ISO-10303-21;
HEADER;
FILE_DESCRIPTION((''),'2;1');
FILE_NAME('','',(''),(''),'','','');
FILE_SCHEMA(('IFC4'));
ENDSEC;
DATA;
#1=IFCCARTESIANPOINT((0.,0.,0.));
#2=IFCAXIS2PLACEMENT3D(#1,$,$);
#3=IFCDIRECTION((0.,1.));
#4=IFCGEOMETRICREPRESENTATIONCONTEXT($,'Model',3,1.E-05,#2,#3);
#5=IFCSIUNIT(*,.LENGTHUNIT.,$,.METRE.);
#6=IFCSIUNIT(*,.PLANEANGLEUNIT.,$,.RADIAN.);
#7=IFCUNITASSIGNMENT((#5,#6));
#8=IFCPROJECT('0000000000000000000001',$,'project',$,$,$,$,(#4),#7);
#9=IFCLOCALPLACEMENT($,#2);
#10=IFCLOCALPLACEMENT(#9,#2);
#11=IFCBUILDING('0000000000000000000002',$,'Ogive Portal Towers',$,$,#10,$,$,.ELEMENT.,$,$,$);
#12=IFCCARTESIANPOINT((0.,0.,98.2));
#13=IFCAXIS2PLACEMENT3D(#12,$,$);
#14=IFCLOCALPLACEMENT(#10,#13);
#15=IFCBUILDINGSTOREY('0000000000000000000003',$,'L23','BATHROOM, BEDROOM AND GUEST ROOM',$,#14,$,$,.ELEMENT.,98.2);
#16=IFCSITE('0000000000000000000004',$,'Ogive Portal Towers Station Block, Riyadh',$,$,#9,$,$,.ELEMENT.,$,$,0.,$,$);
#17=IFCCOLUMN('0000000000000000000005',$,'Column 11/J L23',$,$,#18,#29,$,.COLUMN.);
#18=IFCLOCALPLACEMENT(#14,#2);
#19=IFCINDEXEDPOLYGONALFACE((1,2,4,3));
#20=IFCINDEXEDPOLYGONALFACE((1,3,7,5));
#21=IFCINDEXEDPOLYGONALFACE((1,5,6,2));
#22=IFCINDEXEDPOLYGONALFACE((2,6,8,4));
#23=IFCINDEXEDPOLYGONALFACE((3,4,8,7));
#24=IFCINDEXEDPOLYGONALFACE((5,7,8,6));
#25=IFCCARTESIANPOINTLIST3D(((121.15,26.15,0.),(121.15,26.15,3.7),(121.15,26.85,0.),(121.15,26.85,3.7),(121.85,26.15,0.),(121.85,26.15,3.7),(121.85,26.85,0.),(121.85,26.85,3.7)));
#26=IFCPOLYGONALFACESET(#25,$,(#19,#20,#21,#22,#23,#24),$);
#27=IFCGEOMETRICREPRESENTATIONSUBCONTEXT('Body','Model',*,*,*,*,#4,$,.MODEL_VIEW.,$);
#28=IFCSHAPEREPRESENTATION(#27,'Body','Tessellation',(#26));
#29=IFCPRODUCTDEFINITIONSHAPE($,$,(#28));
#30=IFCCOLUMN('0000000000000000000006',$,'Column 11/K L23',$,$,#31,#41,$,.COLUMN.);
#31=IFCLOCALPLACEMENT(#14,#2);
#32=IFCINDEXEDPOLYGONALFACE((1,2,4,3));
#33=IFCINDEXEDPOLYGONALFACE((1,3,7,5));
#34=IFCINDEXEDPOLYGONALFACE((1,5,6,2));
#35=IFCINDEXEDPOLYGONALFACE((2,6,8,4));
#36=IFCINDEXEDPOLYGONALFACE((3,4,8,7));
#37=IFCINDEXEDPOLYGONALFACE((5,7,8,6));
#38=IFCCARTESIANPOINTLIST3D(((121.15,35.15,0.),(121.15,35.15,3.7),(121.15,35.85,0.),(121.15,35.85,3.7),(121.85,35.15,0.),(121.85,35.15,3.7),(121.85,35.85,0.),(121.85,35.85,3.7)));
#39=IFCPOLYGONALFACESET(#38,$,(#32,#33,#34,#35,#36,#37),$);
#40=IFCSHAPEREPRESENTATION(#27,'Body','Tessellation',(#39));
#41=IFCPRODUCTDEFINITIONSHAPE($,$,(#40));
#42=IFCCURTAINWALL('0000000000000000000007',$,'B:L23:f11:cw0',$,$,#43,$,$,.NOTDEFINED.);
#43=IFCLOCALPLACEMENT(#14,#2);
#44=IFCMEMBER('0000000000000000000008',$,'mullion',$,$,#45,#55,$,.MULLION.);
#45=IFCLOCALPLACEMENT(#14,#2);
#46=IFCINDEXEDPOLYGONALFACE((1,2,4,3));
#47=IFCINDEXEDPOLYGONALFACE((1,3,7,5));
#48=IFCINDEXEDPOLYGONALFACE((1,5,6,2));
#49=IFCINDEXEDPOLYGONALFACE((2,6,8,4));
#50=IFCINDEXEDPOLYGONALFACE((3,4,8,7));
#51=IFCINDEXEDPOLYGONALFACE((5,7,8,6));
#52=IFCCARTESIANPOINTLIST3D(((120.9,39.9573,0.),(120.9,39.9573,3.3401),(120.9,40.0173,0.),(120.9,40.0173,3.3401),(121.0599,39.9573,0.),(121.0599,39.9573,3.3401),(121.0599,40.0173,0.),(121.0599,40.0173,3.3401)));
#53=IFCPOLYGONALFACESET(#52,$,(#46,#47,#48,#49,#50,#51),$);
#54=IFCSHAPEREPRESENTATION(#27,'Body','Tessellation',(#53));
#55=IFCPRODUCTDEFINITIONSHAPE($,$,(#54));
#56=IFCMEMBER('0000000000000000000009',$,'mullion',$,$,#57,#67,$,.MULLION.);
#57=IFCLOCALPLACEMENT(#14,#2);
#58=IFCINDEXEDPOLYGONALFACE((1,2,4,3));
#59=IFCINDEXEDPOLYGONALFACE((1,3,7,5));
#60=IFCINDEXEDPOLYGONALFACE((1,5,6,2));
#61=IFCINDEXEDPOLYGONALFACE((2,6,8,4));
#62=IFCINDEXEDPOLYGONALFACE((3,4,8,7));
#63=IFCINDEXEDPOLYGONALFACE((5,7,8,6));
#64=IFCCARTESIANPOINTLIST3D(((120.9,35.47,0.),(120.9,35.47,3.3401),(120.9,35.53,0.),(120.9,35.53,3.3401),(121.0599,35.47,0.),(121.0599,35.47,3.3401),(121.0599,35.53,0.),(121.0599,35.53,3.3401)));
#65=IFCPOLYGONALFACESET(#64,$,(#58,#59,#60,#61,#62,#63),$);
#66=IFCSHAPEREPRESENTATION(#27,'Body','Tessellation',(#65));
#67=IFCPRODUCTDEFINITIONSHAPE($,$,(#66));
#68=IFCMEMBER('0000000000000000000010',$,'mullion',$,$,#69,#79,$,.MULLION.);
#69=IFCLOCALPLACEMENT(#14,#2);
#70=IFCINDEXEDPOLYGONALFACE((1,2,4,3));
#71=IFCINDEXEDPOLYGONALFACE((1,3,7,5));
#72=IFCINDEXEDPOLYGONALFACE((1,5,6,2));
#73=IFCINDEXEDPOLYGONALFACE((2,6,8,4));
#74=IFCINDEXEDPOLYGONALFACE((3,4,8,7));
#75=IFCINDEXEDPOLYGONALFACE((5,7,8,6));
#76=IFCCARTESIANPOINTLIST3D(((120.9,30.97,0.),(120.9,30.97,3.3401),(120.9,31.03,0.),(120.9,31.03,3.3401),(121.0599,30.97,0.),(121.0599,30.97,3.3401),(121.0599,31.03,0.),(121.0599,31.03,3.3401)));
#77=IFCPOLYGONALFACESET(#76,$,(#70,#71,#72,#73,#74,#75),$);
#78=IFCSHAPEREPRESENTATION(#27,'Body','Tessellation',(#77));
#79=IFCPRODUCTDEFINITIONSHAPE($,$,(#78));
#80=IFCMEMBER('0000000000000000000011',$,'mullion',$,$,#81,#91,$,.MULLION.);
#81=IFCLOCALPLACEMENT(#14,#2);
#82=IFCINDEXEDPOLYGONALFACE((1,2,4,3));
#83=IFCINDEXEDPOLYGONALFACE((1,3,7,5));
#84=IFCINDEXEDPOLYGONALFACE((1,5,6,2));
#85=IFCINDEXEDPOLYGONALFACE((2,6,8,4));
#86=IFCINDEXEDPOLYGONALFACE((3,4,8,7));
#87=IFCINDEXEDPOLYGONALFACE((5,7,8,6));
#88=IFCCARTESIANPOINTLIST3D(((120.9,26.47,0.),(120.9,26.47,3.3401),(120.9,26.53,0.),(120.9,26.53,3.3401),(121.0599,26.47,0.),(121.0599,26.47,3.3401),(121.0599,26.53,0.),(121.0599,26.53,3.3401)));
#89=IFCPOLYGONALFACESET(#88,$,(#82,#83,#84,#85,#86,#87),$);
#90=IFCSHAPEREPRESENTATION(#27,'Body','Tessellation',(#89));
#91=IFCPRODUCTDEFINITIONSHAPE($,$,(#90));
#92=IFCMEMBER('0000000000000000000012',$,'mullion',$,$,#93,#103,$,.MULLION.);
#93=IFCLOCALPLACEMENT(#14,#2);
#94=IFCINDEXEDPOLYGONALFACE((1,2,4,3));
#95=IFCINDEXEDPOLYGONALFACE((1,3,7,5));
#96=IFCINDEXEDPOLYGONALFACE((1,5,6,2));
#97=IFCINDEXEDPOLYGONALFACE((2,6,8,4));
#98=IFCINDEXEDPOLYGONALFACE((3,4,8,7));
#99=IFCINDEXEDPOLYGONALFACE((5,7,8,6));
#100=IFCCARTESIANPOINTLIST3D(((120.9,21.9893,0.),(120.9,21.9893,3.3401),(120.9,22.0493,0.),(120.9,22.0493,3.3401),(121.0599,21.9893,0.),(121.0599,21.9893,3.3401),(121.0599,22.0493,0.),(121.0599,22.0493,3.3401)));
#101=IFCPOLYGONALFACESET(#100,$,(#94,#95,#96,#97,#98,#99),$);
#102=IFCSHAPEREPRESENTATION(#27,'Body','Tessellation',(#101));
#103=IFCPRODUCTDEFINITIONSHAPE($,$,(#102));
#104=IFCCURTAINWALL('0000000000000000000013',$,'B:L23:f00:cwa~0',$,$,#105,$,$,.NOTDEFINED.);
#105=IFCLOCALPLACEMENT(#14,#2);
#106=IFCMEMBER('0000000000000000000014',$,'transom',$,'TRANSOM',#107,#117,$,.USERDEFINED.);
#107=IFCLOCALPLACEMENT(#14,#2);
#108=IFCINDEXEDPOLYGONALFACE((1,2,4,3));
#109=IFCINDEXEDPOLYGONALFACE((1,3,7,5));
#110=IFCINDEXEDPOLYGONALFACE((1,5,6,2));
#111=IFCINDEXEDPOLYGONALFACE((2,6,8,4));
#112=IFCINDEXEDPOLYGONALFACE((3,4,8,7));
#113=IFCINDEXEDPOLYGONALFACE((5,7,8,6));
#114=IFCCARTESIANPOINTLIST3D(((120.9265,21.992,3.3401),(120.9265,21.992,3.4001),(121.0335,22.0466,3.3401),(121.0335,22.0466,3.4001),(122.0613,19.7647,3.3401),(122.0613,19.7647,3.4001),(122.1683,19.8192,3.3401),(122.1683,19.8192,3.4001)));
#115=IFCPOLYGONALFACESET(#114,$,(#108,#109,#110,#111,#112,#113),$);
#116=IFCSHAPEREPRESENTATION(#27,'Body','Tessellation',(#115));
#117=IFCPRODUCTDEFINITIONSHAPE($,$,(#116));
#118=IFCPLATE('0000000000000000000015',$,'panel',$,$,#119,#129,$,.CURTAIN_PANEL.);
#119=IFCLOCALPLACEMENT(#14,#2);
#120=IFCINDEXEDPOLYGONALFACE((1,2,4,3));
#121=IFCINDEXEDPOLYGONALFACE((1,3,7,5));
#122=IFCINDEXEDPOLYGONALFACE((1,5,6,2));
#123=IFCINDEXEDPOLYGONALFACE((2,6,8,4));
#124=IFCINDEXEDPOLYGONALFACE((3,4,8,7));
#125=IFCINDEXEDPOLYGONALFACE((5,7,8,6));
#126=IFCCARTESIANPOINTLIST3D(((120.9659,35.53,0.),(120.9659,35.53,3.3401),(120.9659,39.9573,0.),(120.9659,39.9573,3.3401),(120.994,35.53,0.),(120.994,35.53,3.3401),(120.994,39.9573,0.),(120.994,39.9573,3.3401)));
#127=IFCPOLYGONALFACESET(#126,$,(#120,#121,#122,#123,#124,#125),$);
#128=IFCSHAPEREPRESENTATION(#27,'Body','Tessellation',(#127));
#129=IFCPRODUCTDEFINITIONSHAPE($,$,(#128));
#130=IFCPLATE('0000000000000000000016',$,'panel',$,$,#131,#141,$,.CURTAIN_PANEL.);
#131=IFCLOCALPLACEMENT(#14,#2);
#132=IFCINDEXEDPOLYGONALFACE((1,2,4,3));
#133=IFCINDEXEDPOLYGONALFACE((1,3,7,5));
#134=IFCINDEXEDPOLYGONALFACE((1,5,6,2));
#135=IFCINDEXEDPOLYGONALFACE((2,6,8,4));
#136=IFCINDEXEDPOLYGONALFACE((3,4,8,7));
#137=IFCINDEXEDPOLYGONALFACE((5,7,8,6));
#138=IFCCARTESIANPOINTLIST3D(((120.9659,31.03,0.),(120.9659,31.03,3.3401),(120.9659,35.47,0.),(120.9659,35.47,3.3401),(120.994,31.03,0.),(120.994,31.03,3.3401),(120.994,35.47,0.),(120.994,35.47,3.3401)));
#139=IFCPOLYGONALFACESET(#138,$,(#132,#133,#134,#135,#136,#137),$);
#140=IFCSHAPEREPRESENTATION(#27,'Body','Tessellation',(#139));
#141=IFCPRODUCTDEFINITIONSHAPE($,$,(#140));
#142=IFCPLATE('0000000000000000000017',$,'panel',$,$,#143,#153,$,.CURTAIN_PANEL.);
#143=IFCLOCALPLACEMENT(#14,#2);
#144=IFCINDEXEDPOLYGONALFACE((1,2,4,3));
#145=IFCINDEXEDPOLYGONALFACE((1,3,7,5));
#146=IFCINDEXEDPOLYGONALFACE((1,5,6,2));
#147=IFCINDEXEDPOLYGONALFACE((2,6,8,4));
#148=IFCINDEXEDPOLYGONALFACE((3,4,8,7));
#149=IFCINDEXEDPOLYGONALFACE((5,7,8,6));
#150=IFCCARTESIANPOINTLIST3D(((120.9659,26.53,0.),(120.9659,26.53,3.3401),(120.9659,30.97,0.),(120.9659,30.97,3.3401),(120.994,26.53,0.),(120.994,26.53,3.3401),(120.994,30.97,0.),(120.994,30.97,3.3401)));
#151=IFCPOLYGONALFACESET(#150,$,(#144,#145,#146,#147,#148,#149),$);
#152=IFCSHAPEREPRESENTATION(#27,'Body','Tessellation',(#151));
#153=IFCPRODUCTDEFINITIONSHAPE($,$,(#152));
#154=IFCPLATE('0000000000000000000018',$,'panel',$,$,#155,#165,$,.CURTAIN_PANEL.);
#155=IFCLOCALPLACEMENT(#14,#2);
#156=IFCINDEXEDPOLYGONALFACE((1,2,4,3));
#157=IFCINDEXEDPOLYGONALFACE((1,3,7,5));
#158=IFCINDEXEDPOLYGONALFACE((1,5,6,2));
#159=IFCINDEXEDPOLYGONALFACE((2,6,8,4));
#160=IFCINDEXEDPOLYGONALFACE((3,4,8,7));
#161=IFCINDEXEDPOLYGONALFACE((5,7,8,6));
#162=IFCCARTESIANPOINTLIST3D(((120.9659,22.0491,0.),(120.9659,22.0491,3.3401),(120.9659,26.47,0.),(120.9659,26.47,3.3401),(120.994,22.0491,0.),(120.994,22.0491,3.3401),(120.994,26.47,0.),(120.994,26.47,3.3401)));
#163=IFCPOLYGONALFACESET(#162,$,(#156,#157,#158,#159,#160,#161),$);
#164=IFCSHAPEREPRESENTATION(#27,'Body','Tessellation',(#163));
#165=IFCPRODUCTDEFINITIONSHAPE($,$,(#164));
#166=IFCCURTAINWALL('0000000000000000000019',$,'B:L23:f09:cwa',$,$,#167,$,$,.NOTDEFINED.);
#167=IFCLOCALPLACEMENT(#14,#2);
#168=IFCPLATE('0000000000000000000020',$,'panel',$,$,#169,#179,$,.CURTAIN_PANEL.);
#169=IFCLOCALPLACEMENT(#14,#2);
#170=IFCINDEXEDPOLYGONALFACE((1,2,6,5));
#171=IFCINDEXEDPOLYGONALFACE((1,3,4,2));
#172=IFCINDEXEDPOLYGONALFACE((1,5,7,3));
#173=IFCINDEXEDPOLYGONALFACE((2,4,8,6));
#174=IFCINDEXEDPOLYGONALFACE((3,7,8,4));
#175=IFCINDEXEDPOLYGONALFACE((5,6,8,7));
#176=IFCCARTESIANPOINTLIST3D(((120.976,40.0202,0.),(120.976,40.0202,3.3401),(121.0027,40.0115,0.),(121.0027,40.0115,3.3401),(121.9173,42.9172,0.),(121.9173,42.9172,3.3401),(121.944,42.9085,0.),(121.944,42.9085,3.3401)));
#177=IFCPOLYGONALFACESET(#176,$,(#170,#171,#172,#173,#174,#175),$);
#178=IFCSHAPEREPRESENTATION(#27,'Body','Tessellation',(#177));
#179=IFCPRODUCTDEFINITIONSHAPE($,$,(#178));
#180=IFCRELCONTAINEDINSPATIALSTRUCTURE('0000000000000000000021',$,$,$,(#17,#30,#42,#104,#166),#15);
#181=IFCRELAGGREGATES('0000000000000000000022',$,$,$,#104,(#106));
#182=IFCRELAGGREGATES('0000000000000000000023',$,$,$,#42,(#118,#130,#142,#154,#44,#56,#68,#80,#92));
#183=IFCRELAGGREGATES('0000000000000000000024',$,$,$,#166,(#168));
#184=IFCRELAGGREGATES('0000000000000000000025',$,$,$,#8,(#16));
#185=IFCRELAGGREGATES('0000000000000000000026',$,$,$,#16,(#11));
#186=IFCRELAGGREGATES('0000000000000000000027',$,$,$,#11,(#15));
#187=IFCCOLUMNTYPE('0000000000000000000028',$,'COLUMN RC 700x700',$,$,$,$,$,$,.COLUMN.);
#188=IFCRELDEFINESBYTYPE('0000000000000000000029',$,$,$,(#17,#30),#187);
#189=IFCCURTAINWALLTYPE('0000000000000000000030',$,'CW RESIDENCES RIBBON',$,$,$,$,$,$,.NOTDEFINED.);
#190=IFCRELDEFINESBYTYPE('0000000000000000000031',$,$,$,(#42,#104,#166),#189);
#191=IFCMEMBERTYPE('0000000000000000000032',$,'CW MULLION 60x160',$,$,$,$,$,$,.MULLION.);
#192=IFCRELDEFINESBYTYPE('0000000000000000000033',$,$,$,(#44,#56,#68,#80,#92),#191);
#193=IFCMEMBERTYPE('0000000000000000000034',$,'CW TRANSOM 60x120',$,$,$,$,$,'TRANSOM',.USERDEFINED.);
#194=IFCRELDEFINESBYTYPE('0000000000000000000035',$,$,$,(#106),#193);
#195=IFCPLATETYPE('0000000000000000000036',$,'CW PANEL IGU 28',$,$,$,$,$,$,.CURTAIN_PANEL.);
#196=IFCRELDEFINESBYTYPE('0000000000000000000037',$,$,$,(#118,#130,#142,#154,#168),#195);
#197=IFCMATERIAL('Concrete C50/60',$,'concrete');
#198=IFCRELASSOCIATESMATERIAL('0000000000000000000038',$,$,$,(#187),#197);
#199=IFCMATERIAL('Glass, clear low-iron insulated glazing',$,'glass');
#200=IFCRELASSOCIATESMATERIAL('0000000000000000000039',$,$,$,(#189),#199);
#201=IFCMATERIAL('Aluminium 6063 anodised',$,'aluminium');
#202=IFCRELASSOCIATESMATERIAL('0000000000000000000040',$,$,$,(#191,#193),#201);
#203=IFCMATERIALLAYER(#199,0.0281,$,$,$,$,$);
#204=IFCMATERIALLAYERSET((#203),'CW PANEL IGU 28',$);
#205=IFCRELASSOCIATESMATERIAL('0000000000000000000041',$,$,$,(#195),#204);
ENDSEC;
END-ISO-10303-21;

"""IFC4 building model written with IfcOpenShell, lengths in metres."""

from ifc_helpers import new_model, si_unit, direction, frame, origin, origin_2d, place, context, subcontext, project, spatial, rectangle, extrude, material, layer, layer_set, material_profile, profile_set, type_object, element, aggregate, save


model = new_model("IFC4")

# Units and contexts
model_context = context("Model", 3, precision=1e-05, world=origin(), true_north=direction((0.0, 1.0)))
body_context = subcontext(model_context, "Body", "Model", "MODEL_VIEW")
ifc_project = project(units=[si_unit("LENGTHUNIT", "METRE"), si_unit("PLANEANGLEUNIT", "RADIAN")], contexts=[model_context])

# Site, building, storey
site_placement = place(None, origin())
site = spatial("IfcSite", under=ifc_project, at=site_placement, Name="Ogive Portal Towers Station Block, Riyadh", CompositionType="ELEMENT", RefElevation=0.0)
building_placement = place(site_placement, origin())
building = spatial("IfcBuilding", under=site, at=building_placement, Name="Ogive Portal Towers", CompositionType="ELEMENT")
storey_placement = place(building_placement, frame((0.0, 0.0, 98.2)))
storey = spatial("IfcBuildingStorey", under=building, at=storey_placement, Name="L23", Description="BATHROOM, BEDROOM AND GUEST ROOM", CompositionType="ELEMENT", Elevation=98.2)

# Columns
ifc_material_1 = material(Name="Concrete C50/60", Category="concrete")
ifc_material_profile_1 = material_profile(ifc_material_1, rectangle(XDim=0.7, YDim=0.7, at=origin_2d()), Name="RC 700x700")
ifc_profile_set_1 = profile_set([ifc_material_profile_1], Name="Concrete C50/60")
column_type = type_object("IfcColumnType", Name="COLUMN RC 700x700", PredefinedType="COLUMN", material=ifc_profile_set_1)
for number, where, z_axis, x_axis, name in (
    (1, (121.5, 26.5, 0.0), (0.0, 0.0, 1.0), (1.0, 0.0, 0.0), "Column 11/J L23"),
    (2, (121.5, 35.5, 0.0), (0.0, 0.0, 1.0), (1.0, 0.0, 0.0), "Column 11/K L23"),
):
    element("IfcColumn", number, at=place(storey_placement, frame(where, z_axis=z_axis, x_axis=x_axis)), inside=storey, type_object=column_type, Name=name, PredefinedType="COLUMN", context=body_context, shape_type="SweptSolid", body=[
        extrude(rectangle(XDim=0.7, YDim=0.7, at=origin_2d()), origin(), (0.0, 0.0, 1.0), 3.7),
    ])

# Curtain wall, members
ifc_material_2 = material(Name="Glass, clear low-iron insulated glazing", Category="glass")
curtain_wall_type = type_object("IfcCurtainWallType", Name="CW RESIDENCES RIBBON", PredefinedType="NOTDEFINED", material=ifc_material_2)
curtain_wall_1_placement = place(storey_placement, origin())
curtain_wall_1 = element("IfcCurtainWall", 3, at=curtain_wall_1_placement, inside=storey, type_object=curtain_wall_type, Name="B:L23:f11:cw0", PredefinedType="NOTDEFINED")
ifc_material_3 = material(Name="Aluminium 6063 anodised", Category="aluminium")
ifc_material_profile_2 = material_profile(ifc_material_3, rectangle(XDim=0.1599, YDim=0.0601, at=origin_2d()), Name="AL 60x160")
ifc_profile_set_2 = profile_set([ifc_material_profile_2], Name="Aluminium 6063 anodised")
member_type_1 = type_object("IfcMemberType", Name="CW MULLION 60x160", PredefinedType="MULLION", material=ifc_profile_set_2)
member_1_placement = place(storey_placement, frame((120.98, 39.9873, 0.0), z_axis=(0.0, 0.0, 1.0), x_axis=(1.0, 0.0, 0.0)))
member_1 = element("IfcMember", 4, at=member_1_placement, type_object=member_type_1, Name="mullion", PredefinedType="MULLION", context=body_context, shape_type="SweptSolid", body=[
    extrude(rectangle(XDim=0.1599, YDim=0.0601, at=origin_2d()), origin(), (0.0, 0.0, 1.0), 3.3401),
])
member_2_placement = place(storey_placement, frame((120.98, 35.5, 0.0), z_axis=(0.0, 0.0, 1.0), x_axis=(1.0, 0.0, 0.0)))
member_2 = element("IfcMember", 5, at=member_2_placement, type_object=member_type_1, Name="mullion", PredefinedType="MULLION", context=body_context, shape_type="SweptSolid", body=[
    extrude(rectangle(XDim=0.1599, YDim=0.0601, at=origin_2d()), origin(), (0.0, 0.0, 1.0), 3.3401),
])
member_3_placement = place(storey_placement, frame((120.98, 31.0, 0.0), z_axis=(0.0, 0.0, 1.0), x_axis=(1.0, 0.0, 0.0)))
member_3 = element("IfcMember", 6, at=member_3_placement, type_object=member_type_1, Name="mullion", PredefinedType="MULLION", context=body_context, shape_type="SweptSolid", body=[
    extrude(rectangle(XDim=0.1599, YDim=0.0601, at=origin_2d()), origin(), (0.0, 0.0, 1.0), 3.3401),
])
member_4_placement = place(storey_placement, frame((120.98, 26.5, 0.0), z_axis=(0.0, 0.0, 1.0), x_axis=(1.0, 0.0, 0.0)))
member_4 = element("IfcMember", 7, at=member_4_placement, type_object=member_type_1, Name="mullion", PredefinedType="MULLION", context=body_context, shape_type="SweptSolid", body=[
    extrude(rectangle(XDim=0.1599, YDim=0.0601, at=origin_2d()), origin(), (0.0, 0.0, 1.0), 3.3401),
])
member_5_placement = place(storey_placement, frame((120.98, 22.0193, 0.0), z_axis=(0.0, 0.0, 1.0), x_axis=(1.0, 0.0, 0.0)))
member_5 = element("IfcMember", 8, at=member_5_placement, type_object=member_type_1, Name="mullion", PredefinedType="MULLION", context=body_context, shape_type="SweptSolid", body=[
    extrude(rectangle(XDim=0.1599, YDim=0.0601, at=origin_2d()), origin(), (0.0, 0.0, 1.0), 3.3401),
])

# Curtain wall, member
curtain_wall_2_placement = place(storey_placement, origin())
curtain_wall_2 = element("IfcCurtainWall", 9, at=curtain_wall_2_placement, inside=storey, type_object=curtain_wall_type, Name="B:L23:f00:cwa~0", PredefinedType="NOTDEFINED")
ifc_material_profile_3 = material_profile(ifc_material_3, rectangle(XDim=0.1201, YDim=0.0601, at=origin_2d()), Name="AL 120x60")
ifc_profile_set_3 = profile_set([ifc_material_profile_3], Name="Aluminium 6063 anodised")
member_type_2 = type_object("IfcMemberType", Name="CW TRANSOM 60x120", ElementType="TRANSOM", PredefinedType="USERDEFINED", material=ifc_profile_set_3)
member_6_placement = place(storey_placement, frame((120.98, 22.0193, 3.3701), z_axis=(0.453959, -0.891022, 0.0), x_axis=(0.891022, 0.453959, 0.0)))
member_6 = element("IfcMember", 10, at=member_6_placement, type_object=member_type_2, Name="transom", ObjectType="TRANSOM", PredefinedType="USERDEFINED", context=body_context, shape_type="SweptSolid", body=[
    extrude(rectangle(XDim=0.1201, YDim=0.0601, at=origin_2d()), origin(), (0.0, 0.0, 1.0), 2.4998),
])
aggregate(curtain_wall_2, [member_6])

# Plates
ifc_layer_1 = layer(ifc_material_2, 0.0281)
ifc_layer_set_1 = layer_set([ifc_layer_1], Name="CW PANEL IGU 28")
plate_type = type_object("IfcPlateType", Name="CW PANEL IGU 28", PredefinedType="CURTAIN_PANEL", material=ifc_layer_set_1)
plate_1_placement = place(storey_placement, frame((120.98, 37.7437, 0.0), z_axis=(0.0, 0.0, 1.0), x_axis=(0.0, -1.0, 0.0)))
plate_1 = element("IfcPlate", 11, at=plate_1_placement, type_object=plate_type, Name="panel", PredefinedType="CURTAIN_PANEL", context=body_context, shape_type="SweptSolid", body=[
    extrude(rectangle(XDim=4.4272, YDim=0.0281, at=origin_2d()), origin(), (0.0, 0.0, 1.0), 3.3401),
])
plate_2_placement = place(storey_placement, frame((120.98, 33.25, 0.0), z_axis=(0.0, 0.0, 1.0), x_axis=(0.0, -1.0, 0.0)))
plate_2 = element("IfcPlate", 12, at=plate_2_placement, type_object=plate_type, Name="panel", PredefinedType="CURTAIN_PANEL", context=body_context, shape_type="SweptSolid", body=[
    extrude(rectangle(XDim=4.4399, YDim=0.0281, at=origin_2d()), origin(), (0.0, 0.0, 1.0), 3.3401),
])
plate_3_placement = place(storey_placement, frame((120.98, 28.75, 0.0), z_axis=(0.0, 0.0, 1.0), x_axis=(0.0, -1.0, 0.0)))
plate_3 = element("IfcPlate", 13, at=plate_3_placement, type_object=plate_type, Name="panel", PredefinedType="CURTAIN_PANEL", context=body_context, shape_type="SweptSolid", body=[
    extrude(rectangle(XDim=4.4399, YDim=0.0281, at=origin_2d()), origin(), (0.0, 0.0, 1.0), 3.3401),
])
plate_4_placement = place(storey_placement, frame((120.98, 24.2595, 0.0), z_axis=(0.0, 0.0, 1.0), x_axis=(0.0, -1.0, 0.0)))
plate_4 = element("IfcPlate", 14, at=plate_4_placement, type_object=plate_type, Name="panel", PredefinedType="CURTAIN_PANEL", context=body_context, shape_type="SweptSolid", body=[
    extrude(rectangle(XDim=4.4209, YDim=0.0281, at=origin_2d()), origin(), (0.0, 0.0, 1.0), 3.3401),
])
aggregate(curtain_wall_1, [plate_1, plate_2, plate_3, plate_4, member_1, member_2, member_3, member_4, member_5])

# Curtain wall, plate
curtain_wall_3_placement = place(storey_placement, origin())
curtain_wall_3 = element("IfcCurtainWall", 15, at=curtain_wall_3_placement, inside=storey, type_object=curtain_wall_type, Name="B:L23:f09:cwa", PredefinedType="NOTDEFINED")
plate_5_placement = place(storey_placement, frame((121.46, 41.4644, 0.0), z_axis=(0.0, 0.0, 1.0), x_axis=(-0.309017, -0.951057, 0.0)))
plate_5 = element("IfcPlate", 16, at=plate_5_placement, type_object=plate_type, Name="panel", PredefinedType="CURTAIN_PANEL", context=body_context, shape_type="SweptSolid", body=[
    extrude(rectangle(XDim=3.0461, YDim=0.0281, at=origin_2d()), origin(), (0.0, 0.0, 1.0), 3.3401),
])
aggregate(curtain_wall_3, [plate_5])

save(model, "model.ifc")
